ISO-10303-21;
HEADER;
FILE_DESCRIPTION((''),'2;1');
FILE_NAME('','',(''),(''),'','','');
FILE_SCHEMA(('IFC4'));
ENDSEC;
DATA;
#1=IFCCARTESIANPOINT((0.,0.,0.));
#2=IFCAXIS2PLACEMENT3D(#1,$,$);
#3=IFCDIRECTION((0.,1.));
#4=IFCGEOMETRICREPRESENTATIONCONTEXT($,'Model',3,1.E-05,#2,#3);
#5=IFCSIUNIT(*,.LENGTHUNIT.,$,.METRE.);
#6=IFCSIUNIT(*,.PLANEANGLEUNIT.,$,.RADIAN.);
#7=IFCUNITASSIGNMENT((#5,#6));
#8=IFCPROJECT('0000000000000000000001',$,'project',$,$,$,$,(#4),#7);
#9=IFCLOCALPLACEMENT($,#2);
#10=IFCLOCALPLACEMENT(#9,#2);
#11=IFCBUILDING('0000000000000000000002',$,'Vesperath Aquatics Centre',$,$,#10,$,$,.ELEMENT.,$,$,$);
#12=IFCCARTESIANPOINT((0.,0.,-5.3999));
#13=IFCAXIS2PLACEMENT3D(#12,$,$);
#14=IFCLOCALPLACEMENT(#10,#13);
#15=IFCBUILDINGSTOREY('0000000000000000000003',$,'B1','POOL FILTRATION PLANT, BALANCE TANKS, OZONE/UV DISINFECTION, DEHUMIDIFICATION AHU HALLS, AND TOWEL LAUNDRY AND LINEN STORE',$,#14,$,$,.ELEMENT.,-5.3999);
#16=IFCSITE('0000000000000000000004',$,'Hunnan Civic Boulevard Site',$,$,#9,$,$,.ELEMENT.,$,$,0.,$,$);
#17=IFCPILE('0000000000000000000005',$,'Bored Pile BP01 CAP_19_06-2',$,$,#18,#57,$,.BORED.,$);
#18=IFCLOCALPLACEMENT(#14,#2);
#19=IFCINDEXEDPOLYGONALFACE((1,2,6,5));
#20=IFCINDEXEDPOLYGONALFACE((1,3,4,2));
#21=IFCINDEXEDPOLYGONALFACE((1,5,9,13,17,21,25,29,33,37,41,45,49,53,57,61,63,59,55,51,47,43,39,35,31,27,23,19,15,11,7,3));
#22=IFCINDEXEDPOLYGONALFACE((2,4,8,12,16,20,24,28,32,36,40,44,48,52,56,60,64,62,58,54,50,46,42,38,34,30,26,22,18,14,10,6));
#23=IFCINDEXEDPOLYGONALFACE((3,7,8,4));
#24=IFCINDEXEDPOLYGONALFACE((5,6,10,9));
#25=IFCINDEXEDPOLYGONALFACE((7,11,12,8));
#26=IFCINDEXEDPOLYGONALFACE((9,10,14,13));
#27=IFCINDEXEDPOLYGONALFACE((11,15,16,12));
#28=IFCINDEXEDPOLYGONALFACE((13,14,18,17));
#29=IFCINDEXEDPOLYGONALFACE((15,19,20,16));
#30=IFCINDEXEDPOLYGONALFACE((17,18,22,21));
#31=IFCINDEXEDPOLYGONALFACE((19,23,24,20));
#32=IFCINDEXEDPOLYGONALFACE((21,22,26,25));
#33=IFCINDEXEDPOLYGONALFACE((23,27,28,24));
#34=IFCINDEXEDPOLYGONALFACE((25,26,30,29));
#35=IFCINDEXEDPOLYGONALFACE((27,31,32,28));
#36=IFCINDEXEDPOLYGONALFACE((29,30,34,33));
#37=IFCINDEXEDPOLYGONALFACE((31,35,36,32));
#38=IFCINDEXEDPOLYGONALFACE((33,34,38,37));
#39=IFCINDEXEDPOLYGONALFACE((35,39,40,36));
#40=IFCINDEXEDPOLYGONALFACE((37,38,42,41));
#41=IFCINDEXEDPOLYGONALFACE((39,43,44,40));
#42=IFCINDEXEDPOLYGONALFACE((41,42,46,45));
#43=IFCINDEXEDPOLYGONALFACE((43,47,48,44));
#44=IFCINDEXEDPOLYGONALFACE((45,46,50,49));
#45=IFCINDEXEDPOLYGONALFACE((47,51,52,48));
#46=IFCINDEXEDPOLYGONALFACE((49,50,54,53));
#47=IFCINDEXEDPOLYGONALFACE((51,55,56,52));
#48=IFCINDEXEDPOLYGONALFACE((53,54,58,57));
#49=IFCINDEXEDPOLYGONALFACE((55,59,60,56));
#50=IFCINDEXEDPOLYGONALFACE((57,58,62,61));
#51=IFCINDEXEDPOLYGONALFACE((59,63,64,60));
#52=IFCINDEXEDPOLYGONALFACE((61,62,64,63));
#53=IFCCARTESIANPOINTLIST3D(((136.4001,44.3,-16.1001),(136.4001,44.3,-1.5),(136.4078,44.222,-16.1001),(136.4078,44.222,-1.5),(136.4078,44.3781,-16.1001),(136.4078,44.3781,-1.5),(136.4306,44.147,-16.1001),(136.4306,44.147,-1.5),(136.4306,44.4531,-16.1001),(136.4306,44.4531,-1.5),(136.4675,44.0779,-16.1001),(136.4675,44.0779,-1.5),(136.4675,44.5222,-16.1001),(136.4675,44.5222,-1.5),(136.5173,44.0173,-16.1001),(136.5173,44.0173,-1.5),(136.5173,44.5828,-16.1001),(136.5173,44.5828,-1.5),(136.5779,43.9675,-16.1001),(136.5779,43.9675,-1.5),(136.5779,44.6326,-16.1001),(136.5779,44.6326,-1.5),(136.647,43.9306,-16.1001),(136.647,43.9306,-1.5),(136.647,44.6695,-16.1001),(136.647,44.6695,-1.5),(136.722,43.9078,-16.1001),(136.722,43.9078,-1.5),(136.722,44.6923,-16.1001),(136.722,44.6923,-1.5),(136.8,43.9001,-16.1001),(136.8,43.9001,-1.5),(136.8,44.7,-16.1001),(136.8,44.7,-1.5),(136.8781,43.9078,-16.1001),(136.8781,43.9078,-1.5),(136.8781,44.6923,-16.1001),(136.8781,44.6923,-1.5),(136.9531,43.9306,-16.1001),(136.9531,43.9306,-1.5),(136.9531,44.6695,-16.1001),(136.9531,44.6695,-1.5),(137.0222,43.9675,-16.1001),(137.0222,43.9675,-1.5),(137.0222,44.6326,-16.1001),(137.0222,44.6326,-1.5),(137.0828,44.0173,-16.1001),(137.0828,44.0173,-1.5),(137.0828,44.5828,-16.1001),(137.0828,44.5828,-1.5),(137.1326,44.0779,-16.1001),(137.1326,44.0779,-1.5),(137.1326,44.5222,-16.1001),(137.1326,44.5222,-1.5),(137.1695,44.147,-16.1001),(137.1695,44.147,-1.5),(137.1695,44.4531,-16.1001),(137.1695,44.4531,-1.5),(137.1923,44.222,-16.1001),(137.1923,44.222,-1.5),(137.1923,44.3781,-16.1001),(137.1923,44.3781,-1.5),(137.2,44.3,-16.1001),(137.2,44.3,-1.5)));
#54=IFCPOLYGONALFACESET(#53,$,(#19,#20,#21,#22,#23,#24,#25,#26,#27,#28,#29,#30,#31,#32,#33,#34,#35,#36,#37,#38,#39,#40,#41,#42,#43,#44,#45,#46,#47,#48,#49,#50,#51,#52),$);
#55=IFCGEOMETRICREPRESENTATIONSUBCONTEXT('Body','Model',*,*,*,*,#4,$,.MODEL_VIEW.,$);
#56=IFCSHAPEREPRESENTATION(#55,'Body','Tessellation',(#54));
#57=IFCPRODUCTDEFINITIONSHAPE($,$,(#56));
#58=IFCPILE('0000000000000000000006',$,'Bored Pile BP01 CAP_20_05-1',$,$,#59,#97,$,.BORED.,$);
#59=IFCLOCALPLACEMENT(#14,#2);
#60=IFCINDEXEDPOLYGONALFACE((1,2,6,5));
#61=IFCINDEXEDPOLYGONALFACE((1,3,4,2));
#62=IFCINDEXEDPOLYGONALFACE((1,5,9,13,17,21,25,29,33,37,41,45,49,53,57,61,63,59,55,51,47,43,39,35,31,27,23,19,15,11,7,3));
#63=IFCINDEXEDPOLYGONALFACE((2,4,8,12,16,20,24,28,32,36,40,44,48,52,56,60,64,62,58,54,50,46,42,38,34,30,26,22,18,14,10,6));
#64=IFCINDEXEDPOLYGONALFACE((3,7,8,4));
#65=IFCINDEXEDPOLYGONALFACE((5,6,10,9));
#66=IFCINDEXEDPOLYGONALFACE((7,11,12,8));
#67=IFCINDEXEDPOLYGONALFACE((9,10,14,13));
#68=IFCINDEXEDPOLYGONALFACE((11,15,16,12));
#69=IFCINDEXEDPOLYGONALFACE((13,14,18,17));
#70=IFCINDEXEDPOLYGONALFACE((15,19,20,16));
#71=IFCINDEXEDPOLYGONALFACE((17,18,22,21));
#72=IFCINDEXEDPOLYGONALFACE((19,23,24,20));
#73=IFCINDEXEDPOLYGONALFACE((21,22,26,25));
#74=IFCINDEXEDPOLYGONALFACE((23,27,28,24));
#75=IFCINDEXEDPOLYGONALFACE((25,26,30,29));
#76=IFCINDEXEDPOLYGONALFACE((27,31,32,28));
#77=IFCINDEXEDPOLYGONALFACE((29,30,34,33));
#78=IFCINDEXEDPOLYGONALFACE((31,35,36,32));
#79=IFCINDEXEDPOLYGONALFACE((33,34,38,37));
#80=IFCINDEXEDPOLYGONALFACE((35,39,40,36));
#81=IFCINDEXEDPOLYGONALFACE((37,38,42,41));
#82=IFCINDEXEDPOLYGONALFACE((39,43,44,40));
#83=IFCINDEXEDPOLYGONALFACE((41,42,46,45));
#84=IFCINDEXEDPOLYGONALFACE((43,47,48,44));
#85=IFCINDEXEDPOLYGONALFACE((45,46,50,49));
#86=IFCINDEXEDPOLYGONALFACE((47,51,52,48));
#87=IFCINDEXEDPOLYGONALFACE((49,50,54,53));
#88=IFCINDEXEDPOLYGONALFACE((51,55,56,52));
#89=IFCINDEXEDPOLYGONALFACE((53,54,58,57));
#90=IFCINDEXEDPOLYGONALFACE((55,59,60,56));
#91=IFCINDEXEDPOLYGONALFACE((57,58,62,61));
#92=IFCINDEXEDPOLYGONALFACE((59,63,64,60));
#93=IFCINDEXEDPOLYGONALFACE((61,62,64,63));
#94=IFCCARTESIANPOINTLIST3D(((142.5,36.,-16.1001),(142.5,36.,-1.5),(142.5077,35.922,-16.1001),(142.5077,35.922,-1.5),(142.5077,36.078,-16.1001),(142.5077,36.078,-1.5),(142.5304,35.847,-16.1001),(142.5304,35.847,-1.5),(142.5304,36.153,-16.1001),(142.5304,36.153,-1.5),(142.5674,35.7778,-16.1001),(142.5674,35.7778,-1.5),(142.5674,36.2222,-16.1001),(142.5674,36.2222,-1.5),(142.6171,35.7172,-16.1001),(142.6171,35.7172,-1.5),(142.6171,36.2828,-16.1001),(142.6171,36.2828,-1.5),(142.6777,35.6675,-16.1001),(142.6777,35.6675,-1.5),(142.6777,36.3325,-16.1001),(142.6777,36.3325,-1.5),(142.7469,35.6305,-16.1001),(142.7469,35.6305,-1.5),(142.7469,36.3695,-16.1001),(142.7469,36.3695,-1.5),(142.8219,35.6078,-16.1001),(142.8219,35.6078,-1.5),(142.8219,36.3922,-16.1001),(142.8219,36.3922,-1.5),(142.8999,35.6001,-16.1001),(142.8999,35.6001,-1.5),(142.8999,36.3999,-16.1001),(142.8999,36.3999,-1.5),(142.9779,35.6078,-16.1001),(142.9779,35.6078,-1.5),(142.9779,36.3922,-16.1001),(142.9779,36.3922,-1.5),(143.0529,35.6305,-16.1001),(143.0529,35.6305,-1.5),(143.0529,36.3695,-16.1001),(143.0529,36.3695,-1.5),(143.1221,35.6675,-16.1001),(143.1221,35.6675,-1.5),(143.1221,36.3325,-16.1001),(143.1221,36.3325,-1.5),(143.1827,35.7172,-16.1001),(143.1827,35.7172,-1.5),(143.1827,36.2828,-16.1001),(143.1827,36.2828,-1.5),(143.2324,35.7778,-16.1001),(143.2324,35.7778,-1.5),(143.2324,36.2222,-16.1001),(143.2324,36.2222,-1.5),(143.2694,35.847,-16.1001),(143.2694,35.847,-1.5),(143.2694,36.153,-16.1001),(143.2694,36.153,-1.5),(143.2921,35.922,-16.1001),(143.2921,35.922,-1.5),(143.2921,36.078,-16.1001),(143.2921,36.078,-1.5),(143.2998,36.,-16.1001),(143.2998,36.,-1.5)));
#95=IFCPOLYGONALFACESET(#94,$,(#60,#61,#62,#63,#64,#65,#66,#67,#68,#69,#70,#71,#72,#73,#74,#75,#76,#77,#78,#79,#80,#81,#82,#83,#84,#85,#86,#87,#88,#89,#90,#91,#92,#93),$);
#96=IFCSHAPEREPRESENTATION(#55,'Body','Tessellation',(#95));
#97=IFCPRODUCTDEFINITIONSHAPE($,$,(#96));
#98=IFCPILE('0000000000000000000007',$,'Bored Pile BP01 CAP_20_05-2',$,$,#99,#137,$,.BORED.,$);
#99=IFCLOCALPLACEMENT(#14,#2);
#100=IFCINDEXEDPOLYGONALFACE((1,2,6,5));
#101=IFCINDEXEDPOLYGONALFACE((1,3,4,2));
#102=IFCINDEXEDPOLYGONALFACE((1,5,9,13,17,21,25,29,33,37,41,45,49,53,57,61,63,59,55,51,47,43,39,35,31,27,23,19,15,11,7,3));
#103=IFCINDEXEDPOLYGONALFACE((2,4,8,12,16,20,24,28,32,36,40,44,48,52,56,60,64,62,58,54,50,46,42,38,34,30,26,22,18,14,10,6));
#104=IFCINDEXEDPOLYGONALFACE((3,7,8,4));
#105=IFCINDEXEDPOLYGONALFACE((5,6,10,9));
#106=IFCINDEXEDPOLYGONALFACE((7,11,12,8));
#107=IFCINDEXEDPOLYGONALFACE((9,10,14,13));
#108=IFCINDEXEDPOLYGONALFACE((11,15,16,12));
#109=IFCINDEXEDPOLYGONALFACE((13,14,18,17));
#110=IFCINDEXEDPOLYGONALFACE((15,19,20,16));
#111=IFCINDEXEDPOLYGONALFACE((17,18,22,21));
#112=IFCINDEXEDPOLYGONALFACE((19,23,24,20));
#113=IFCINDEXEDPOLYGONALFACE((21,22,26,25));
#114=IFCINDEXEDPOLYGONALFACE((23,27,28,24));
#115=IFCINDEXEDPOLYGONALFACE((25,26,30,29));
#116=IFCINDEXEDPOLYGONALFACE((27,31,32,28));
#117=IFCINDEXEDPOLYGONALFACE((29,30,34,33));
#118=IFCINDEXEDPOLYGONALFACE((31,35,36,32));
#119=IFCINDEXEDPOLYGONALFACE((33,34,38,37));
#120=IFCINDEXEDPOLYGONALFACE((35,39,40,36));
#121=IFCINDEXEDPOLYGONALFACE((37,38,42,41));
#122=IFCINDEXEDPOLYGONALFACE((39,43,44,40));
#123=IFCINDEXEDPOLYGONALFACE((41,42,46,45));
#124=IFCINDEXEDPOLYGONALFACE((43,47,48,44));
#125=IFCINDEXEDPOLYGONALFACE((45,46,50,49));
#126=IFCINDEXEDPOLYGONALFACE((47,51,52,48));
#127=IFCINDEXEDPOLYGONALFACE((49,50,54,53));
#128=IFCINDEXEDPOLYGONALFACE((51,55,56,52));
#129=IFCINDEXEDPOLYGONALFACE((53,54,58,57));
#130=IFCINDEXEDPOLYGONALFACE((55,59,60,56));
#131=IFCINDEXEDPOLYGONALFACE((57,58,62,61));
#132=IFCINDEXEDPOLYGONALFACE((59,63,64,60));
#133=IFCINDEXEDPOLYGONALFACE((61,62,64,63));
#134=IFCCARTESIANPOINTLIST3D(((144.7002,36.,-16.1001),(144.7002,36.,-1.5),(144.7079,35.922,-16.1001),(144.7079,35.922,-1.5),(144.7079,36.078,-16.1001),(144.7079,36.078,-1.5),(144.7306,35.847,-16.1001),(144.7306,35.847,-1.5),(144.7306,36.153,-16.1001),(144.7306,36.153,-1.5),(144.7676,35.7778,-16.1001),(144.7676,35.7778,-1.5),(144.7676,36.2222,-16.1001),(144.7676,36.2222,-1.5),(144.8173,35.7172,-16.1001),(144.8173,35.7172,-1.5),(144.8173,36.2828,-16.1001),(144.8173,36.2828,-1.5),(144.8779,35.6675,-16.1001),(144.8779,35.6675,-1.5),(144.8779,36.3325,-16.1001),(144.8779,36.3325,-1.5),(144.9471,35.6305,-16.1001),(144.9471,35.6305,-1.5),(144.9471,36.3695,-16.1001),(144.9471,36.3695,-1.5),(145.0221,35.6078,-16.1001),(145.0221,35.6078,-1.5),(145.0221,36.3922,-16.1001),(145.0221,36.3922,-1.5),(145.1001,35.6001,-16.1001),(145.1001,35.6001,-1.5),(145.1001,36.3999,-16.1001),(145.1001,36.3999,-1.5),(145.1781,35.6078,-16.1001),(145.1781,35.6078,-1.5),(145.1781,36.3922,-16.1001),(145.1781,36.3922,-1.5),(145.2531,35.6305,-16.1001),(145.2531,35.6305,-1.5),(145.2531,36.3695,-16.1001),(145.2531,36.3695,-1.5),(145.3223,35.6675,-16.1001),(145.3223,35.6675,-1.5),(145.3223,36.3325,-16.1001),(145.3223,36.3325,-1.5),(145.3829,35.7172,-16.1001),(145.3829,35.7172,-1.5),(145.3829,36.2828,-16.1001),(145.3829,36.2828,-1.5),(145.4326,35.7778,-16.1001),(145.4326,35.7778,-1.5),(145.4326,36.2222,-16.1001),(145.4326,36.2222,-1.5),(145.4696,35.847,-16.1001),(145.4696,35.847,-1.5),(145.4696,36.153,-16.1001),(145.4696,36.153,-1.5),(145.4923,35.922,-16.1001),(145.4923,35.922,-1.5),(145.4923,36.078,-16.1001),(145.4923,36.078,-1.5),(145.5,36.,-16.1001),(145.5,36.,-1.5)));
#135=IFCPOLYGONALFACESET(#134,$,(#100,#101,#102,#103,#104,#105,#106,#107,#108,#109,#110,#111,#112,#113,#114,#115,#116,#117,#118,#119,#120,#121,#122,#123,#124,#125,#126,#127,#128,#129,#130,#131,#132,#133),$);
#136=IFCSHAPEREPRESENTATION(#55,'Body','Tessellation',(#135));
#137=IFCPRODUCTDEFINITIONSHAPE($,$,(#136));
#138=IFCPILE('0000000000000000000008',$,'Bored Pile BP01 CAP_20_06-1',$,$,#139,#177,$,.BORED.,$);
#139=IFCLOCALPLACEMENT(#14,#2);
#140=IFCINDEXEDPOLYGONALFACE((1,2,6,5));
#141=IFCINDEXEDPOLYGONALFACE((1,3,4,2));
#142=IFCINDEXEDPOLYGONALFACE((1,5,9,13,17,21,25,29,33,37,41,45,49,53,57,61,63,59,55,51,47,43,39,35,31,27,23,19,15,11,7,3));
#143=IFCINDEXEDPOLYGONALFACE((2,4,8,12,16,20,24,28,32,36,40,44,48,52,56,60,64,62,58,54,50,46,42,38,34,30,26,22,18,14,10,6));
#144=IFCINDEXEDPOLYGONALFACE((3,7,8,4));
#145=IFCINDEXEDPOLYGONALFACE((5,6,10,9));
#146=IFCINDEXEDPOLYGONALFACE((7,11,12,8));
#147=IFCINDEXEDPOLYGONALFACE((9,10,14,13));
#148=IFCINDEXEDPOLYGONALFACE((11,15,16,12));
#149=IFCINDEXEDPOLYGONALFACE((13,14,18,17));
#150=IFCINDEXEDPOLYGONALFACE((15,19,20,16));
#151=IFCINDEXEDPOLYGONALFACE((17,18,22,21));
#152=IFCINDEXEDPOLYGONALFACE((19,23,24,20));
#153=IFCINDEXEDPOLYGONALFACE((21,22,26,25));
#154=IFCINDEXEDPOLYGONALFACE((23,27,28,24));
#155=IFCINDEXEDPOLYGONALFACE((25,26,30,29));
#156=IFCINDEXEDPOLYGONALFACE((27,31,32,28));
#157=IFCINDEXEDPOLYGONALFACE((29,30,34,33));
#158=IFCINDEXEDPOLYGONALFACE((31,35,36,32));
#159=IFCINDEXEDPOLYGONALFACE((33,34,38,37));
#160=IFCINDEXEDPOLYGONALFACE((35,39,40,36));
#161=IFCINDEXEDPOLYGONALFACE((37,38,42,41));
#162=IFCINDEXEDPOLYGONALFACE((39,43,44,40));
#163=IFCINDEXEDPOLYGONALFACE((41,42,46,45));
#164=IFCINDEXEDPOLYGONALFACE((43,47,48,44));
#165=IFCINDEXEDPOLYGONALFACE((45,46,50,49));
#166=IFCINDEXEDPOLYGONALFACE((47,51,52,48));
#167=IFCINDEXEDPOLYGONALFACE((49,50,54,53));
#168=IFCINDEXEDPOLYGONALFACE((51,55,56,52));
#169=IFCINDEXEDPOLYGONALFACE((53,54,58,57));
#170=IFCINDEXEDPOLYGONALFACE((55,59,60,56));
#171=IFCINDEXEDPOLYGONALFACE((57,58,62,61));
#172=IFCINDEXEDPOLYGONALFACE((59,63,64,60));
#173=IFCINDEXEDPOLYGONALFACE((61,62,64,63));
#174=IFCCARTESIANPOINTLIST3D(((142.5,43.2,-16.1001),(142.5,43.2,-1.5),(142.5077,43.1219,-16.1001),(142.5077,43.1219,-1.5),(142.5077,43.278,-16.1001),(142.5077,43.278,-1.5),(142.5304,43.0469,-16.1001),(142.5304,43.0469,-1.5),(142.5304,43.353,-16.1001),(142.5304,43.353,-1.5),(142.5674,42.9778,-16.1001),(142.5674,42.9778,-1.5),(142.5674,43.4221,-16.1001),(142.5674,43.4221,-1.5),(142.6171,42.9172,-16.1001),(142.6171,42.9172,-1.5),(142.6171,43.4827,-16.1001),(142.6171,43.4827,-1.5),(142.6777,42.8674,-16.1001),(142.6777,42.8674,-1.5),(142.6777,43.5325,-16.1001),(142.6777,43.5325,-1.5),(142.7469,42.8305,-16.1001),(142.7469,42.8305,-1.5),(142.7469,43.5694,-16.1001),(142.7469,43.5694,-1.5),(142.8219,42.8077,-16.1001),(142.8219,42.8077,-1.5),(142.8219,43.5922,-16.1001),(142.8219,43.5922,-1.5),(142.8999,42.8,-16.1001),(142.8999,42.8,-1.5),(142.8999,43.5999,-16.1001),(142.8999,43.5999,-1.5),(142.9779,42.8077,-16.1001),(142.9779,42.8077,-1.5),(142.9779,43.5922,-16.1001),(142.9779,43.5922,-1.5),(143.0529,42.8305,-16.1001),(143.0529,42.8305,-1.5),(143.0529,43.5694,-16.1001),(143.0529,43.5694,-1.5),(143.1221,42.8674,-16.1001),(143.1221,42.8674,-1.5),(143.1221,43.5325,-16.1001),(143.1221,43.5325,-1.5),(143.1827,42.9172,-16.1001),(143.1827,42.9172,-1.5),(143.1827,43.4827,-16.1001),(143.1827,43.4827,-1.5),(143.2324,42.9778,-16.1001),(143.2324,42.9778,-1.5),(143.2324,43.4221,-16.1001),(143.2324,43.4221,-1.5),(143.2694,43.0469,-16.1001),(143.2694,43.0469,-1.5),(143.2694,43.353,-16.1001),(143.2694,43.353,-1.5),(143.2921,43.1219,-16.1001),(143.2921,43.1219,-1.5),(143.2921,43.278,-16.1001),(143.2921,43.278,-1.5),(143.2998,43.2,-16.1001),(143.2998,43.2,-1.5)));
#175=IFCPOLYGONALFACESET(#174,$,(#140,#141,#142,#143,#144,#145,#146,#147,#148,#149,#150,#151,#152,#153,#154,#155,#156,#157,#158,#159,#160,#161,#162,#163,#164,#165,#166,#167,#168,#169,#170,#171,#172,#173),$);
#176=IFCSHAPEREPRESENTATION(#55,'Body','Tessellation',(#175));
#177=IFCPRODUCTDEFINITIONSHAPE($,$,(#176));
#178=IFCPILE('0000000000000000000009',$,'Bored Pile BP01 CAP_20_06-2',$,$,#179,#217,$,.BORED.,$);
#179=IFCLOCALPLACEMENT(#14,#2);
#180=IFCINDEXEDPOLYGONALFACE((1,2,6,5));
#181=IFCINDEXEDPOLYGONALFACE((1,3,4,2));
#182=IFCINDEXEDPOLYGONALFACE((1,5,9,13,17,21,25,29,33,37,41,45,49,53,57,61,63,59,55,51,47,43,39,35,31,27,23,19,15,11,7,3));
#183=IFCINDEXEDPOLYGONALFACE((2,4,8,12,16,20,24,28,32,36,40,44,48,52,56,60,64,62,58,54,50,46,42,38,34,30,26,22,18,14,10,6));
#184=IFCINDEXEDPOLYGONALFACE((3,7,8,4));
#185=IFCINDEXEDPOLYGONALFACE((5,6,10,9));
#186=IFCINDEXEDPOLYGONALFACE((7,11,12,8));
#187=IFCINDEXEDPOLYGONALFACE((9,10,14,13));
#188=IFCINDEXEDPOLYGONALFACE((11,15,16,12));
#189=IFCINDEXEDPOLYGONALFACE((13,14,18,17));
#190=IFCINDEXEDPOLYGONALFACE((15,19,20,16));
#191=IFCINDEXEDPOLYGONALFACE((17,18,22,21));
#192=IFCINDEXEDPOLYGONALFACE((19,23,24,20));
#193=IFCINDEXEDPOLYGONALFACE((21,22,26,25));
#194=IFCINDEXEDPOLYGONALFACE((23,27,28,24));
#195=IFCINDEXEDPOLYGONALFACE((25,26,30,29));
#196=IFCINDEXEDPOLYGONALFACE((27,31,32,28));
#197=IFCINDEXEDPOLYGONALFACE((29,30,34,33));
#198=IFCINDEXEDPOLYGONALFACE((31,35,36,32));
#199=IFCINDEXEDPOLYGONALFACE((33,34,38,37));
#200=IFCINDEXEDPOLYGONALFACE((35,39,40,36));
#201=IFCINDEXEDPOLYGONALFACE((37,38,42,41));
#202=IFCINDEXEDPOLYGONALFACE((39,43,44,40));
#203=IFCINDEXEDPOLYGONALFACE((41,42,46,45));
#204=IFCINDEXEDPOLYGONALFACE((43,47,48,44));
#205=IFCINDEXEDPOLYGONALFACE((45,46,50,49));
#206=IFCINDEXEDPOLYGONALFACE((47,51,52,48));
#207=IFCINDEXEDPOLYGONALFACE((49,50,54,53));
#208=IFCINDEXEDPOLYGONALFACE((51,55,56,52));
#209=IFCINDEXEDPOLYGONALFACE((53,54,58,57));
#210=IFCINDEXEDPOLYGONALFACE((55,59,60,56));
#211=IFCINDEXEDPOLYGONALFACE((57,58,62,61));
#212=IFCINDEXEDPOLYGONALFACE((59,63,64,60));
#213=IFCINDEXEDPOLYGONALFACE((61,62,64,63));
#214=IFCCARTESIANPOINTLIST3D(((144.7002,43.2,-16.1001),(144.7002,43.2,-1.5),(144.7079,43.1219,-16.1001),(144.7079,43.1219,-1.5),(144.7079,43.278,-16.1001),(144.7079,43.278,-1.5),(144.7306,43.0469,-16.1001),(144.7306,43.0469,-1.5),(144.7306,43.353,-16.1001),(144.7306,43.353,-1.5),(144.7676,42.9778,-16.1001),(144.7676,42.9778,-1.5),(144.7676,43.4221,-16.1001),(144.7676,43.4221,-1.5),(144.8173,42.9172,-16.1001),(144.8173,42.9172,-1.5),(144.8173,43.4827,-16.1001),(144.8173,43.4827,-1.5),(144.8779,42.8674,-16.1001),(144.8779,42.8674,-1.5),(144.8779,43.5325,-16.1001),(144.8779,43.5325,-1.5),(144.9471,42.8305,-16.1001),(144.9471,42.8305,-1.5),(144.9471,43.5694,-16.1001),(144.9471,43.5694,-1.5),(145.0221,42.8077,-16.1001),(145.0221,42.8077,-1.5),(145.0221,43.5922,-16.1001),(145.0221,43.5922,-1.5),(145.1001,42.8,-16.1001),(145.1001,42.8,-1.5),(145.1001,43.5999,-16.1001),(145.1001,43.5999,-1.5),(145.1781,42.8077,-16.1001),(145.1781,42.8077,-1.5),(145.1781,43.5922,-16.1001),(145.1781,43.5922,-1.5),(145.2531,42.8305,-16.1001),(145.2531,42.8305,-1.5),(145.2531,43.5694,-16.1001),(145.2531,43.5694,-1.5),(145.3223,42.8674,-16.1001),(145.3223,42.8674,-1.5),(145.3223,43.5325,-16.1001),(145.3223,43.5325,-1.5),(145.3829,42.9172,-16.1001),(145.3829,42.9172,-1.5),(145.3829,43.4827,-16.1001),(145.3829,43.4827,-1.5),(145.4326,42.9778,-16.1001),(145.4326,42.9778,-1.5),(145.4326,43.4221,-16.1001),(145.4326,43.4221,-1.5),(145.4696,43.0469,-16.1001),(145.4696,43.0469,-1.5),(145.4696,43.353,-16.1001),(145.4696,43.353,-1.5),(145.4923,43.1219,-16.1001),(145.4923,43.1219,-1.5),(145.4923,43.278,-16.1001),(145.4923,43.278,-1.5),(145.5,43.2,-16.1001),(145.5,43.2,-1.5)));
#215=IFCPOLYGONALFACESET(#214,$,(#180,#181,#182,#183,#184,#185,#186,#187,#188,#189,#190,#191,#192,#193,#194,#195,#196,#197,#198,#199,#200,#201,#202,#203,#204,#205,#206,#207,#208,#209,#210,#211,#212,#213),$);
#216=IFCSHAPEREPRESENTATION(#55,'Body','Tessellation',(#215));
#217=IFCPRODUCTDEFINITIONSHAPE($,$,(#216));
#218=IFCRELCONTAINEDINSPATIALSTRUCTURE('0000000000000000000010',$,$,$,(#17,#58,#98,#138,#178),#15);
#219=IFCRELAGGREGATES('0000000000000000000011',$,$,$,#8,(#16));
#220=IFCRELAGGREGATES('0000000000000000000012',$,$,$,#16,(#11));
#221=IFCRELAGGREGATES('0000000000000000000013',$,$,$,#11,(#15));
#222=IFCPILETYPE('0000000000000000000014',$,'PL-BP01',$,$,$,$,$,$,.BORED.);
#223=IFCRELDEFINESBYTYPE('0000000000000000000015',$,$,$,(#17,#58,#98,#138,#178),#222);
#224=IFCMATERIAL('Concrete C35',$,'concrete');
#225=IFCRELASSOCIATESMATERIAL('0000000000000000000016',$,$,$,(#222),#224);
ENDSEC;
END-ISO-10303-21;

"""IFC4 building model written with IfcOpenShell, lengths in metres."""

from ifc_helpers import new_model, si_unit, direction, frame, origin, origin_2d, place, context, subcontext, project, spatial, circle, extrude, material, material_profile, profile_set, type_object, element, save


model = new_model("IFC4")

# Units and contexts
model_context = context("Model", 3, precision=1e-05, world=origin(), true_north=direction((0.0, 1.0)))
body_context = subcontext(model_context, "Body", "Model", "MODEL_VIEW")
ifc_project = project(units=[si_unit("LENGTHUNIT", "METRE"), si_unit("PLANEANGLEUNIT", "RADIAN")], contexts=[model_context])

# Site, building, storey
site_placement = place(None, origin())
site = spatial("IfcSite", under=ifc_project, at=site_placement, Name="Hunnan Civic Boulevard Site", CompositionType="ELEMENT", RefElevation=0.0)
building_placement = place(site_placement, origin())
building = spatial("IfcBuilding", under=site, at=building_placement, Name="Vesperath Aquatics Centre", CompositionType="ELEMENT")
storey_placement = place(building_placement, frame((0.0, 0.0, -5.3999)))
storey = spatial("IfcBuildingStorey", under=building, at=storey_placement, Name="B1", Description="POOL FILTRATION PLANT, BALANCE TANKS, OZONE/UV DISINFECTION, DEHUMIDIFICATION AHU HALLS, AND TOWEL LAUNDRY AND LINEN STORE", CompositionType="ELEMENT", Elevation=-5.3999)

# Piles
ifc_material_1 = material(Name="Concrete C35", Category="concrete")
ifc_material_profile_1 = material_profile(ifc_material_1, circle(Radius=0.3999, at=origin_2d()), Name="PILE D800")
ifc_profile_set_1 = profile_set([ifc_material_profile_1], Name="Concrete C35")
pile_type = type_object("IfcPileType", Name="PL-BP01", PredefinedType="BORED", material=ifc_profile_set_1)
for number, where, z_axis, x_axis, name in (
    (1, (136.8, 44.3, -1.5), (0.0, 0.0, -1.0), (1.0, 0.0, 0.0), "Bored Pile BP01 CAP_19_06-2"),
    (2, (142.8999, 36.0, -1.5), (0.0, 0.0, -1.0), (1.0, 0.0, 0.0), "Bored Pile BP01 CAP_20_05-1"),
    (3, (145.1001, 36.0, -1.5), (0.0, 0.0, -1.0), (1.0, 0.0, 0.0), "Bored Pile BP01 CAP_20_05-2"),
    (4, (142.8999, 43.2, -1.5), (0.0, 0.0, -1.0), (1.0, 0.0, 0.0), "Bored Pile BP01 CAP_20_06-1"),
    (5, (145.1001, 43.2, -1.5), (0.0, 0.0, -1.0), (1.0, 0.0, 0.0), "Bored Pile BP01 CAP_20_06-2"),
):
    element("IfcPile", number, at=place(storey_placement, frame(where, z_axis=z_axis, x_axis=x_axis)), inside=storey, type_object=pile_type, Name=name, PredefinedType="BORED", context=body_context, shape_type="SweptSolid", body=[
        extrude(circle(Radius=0.3999, at=origin_2d()), origin(), (0.0, 0.0, 1.0), 14.6001),
    ])

save(model, "model.ifc")
